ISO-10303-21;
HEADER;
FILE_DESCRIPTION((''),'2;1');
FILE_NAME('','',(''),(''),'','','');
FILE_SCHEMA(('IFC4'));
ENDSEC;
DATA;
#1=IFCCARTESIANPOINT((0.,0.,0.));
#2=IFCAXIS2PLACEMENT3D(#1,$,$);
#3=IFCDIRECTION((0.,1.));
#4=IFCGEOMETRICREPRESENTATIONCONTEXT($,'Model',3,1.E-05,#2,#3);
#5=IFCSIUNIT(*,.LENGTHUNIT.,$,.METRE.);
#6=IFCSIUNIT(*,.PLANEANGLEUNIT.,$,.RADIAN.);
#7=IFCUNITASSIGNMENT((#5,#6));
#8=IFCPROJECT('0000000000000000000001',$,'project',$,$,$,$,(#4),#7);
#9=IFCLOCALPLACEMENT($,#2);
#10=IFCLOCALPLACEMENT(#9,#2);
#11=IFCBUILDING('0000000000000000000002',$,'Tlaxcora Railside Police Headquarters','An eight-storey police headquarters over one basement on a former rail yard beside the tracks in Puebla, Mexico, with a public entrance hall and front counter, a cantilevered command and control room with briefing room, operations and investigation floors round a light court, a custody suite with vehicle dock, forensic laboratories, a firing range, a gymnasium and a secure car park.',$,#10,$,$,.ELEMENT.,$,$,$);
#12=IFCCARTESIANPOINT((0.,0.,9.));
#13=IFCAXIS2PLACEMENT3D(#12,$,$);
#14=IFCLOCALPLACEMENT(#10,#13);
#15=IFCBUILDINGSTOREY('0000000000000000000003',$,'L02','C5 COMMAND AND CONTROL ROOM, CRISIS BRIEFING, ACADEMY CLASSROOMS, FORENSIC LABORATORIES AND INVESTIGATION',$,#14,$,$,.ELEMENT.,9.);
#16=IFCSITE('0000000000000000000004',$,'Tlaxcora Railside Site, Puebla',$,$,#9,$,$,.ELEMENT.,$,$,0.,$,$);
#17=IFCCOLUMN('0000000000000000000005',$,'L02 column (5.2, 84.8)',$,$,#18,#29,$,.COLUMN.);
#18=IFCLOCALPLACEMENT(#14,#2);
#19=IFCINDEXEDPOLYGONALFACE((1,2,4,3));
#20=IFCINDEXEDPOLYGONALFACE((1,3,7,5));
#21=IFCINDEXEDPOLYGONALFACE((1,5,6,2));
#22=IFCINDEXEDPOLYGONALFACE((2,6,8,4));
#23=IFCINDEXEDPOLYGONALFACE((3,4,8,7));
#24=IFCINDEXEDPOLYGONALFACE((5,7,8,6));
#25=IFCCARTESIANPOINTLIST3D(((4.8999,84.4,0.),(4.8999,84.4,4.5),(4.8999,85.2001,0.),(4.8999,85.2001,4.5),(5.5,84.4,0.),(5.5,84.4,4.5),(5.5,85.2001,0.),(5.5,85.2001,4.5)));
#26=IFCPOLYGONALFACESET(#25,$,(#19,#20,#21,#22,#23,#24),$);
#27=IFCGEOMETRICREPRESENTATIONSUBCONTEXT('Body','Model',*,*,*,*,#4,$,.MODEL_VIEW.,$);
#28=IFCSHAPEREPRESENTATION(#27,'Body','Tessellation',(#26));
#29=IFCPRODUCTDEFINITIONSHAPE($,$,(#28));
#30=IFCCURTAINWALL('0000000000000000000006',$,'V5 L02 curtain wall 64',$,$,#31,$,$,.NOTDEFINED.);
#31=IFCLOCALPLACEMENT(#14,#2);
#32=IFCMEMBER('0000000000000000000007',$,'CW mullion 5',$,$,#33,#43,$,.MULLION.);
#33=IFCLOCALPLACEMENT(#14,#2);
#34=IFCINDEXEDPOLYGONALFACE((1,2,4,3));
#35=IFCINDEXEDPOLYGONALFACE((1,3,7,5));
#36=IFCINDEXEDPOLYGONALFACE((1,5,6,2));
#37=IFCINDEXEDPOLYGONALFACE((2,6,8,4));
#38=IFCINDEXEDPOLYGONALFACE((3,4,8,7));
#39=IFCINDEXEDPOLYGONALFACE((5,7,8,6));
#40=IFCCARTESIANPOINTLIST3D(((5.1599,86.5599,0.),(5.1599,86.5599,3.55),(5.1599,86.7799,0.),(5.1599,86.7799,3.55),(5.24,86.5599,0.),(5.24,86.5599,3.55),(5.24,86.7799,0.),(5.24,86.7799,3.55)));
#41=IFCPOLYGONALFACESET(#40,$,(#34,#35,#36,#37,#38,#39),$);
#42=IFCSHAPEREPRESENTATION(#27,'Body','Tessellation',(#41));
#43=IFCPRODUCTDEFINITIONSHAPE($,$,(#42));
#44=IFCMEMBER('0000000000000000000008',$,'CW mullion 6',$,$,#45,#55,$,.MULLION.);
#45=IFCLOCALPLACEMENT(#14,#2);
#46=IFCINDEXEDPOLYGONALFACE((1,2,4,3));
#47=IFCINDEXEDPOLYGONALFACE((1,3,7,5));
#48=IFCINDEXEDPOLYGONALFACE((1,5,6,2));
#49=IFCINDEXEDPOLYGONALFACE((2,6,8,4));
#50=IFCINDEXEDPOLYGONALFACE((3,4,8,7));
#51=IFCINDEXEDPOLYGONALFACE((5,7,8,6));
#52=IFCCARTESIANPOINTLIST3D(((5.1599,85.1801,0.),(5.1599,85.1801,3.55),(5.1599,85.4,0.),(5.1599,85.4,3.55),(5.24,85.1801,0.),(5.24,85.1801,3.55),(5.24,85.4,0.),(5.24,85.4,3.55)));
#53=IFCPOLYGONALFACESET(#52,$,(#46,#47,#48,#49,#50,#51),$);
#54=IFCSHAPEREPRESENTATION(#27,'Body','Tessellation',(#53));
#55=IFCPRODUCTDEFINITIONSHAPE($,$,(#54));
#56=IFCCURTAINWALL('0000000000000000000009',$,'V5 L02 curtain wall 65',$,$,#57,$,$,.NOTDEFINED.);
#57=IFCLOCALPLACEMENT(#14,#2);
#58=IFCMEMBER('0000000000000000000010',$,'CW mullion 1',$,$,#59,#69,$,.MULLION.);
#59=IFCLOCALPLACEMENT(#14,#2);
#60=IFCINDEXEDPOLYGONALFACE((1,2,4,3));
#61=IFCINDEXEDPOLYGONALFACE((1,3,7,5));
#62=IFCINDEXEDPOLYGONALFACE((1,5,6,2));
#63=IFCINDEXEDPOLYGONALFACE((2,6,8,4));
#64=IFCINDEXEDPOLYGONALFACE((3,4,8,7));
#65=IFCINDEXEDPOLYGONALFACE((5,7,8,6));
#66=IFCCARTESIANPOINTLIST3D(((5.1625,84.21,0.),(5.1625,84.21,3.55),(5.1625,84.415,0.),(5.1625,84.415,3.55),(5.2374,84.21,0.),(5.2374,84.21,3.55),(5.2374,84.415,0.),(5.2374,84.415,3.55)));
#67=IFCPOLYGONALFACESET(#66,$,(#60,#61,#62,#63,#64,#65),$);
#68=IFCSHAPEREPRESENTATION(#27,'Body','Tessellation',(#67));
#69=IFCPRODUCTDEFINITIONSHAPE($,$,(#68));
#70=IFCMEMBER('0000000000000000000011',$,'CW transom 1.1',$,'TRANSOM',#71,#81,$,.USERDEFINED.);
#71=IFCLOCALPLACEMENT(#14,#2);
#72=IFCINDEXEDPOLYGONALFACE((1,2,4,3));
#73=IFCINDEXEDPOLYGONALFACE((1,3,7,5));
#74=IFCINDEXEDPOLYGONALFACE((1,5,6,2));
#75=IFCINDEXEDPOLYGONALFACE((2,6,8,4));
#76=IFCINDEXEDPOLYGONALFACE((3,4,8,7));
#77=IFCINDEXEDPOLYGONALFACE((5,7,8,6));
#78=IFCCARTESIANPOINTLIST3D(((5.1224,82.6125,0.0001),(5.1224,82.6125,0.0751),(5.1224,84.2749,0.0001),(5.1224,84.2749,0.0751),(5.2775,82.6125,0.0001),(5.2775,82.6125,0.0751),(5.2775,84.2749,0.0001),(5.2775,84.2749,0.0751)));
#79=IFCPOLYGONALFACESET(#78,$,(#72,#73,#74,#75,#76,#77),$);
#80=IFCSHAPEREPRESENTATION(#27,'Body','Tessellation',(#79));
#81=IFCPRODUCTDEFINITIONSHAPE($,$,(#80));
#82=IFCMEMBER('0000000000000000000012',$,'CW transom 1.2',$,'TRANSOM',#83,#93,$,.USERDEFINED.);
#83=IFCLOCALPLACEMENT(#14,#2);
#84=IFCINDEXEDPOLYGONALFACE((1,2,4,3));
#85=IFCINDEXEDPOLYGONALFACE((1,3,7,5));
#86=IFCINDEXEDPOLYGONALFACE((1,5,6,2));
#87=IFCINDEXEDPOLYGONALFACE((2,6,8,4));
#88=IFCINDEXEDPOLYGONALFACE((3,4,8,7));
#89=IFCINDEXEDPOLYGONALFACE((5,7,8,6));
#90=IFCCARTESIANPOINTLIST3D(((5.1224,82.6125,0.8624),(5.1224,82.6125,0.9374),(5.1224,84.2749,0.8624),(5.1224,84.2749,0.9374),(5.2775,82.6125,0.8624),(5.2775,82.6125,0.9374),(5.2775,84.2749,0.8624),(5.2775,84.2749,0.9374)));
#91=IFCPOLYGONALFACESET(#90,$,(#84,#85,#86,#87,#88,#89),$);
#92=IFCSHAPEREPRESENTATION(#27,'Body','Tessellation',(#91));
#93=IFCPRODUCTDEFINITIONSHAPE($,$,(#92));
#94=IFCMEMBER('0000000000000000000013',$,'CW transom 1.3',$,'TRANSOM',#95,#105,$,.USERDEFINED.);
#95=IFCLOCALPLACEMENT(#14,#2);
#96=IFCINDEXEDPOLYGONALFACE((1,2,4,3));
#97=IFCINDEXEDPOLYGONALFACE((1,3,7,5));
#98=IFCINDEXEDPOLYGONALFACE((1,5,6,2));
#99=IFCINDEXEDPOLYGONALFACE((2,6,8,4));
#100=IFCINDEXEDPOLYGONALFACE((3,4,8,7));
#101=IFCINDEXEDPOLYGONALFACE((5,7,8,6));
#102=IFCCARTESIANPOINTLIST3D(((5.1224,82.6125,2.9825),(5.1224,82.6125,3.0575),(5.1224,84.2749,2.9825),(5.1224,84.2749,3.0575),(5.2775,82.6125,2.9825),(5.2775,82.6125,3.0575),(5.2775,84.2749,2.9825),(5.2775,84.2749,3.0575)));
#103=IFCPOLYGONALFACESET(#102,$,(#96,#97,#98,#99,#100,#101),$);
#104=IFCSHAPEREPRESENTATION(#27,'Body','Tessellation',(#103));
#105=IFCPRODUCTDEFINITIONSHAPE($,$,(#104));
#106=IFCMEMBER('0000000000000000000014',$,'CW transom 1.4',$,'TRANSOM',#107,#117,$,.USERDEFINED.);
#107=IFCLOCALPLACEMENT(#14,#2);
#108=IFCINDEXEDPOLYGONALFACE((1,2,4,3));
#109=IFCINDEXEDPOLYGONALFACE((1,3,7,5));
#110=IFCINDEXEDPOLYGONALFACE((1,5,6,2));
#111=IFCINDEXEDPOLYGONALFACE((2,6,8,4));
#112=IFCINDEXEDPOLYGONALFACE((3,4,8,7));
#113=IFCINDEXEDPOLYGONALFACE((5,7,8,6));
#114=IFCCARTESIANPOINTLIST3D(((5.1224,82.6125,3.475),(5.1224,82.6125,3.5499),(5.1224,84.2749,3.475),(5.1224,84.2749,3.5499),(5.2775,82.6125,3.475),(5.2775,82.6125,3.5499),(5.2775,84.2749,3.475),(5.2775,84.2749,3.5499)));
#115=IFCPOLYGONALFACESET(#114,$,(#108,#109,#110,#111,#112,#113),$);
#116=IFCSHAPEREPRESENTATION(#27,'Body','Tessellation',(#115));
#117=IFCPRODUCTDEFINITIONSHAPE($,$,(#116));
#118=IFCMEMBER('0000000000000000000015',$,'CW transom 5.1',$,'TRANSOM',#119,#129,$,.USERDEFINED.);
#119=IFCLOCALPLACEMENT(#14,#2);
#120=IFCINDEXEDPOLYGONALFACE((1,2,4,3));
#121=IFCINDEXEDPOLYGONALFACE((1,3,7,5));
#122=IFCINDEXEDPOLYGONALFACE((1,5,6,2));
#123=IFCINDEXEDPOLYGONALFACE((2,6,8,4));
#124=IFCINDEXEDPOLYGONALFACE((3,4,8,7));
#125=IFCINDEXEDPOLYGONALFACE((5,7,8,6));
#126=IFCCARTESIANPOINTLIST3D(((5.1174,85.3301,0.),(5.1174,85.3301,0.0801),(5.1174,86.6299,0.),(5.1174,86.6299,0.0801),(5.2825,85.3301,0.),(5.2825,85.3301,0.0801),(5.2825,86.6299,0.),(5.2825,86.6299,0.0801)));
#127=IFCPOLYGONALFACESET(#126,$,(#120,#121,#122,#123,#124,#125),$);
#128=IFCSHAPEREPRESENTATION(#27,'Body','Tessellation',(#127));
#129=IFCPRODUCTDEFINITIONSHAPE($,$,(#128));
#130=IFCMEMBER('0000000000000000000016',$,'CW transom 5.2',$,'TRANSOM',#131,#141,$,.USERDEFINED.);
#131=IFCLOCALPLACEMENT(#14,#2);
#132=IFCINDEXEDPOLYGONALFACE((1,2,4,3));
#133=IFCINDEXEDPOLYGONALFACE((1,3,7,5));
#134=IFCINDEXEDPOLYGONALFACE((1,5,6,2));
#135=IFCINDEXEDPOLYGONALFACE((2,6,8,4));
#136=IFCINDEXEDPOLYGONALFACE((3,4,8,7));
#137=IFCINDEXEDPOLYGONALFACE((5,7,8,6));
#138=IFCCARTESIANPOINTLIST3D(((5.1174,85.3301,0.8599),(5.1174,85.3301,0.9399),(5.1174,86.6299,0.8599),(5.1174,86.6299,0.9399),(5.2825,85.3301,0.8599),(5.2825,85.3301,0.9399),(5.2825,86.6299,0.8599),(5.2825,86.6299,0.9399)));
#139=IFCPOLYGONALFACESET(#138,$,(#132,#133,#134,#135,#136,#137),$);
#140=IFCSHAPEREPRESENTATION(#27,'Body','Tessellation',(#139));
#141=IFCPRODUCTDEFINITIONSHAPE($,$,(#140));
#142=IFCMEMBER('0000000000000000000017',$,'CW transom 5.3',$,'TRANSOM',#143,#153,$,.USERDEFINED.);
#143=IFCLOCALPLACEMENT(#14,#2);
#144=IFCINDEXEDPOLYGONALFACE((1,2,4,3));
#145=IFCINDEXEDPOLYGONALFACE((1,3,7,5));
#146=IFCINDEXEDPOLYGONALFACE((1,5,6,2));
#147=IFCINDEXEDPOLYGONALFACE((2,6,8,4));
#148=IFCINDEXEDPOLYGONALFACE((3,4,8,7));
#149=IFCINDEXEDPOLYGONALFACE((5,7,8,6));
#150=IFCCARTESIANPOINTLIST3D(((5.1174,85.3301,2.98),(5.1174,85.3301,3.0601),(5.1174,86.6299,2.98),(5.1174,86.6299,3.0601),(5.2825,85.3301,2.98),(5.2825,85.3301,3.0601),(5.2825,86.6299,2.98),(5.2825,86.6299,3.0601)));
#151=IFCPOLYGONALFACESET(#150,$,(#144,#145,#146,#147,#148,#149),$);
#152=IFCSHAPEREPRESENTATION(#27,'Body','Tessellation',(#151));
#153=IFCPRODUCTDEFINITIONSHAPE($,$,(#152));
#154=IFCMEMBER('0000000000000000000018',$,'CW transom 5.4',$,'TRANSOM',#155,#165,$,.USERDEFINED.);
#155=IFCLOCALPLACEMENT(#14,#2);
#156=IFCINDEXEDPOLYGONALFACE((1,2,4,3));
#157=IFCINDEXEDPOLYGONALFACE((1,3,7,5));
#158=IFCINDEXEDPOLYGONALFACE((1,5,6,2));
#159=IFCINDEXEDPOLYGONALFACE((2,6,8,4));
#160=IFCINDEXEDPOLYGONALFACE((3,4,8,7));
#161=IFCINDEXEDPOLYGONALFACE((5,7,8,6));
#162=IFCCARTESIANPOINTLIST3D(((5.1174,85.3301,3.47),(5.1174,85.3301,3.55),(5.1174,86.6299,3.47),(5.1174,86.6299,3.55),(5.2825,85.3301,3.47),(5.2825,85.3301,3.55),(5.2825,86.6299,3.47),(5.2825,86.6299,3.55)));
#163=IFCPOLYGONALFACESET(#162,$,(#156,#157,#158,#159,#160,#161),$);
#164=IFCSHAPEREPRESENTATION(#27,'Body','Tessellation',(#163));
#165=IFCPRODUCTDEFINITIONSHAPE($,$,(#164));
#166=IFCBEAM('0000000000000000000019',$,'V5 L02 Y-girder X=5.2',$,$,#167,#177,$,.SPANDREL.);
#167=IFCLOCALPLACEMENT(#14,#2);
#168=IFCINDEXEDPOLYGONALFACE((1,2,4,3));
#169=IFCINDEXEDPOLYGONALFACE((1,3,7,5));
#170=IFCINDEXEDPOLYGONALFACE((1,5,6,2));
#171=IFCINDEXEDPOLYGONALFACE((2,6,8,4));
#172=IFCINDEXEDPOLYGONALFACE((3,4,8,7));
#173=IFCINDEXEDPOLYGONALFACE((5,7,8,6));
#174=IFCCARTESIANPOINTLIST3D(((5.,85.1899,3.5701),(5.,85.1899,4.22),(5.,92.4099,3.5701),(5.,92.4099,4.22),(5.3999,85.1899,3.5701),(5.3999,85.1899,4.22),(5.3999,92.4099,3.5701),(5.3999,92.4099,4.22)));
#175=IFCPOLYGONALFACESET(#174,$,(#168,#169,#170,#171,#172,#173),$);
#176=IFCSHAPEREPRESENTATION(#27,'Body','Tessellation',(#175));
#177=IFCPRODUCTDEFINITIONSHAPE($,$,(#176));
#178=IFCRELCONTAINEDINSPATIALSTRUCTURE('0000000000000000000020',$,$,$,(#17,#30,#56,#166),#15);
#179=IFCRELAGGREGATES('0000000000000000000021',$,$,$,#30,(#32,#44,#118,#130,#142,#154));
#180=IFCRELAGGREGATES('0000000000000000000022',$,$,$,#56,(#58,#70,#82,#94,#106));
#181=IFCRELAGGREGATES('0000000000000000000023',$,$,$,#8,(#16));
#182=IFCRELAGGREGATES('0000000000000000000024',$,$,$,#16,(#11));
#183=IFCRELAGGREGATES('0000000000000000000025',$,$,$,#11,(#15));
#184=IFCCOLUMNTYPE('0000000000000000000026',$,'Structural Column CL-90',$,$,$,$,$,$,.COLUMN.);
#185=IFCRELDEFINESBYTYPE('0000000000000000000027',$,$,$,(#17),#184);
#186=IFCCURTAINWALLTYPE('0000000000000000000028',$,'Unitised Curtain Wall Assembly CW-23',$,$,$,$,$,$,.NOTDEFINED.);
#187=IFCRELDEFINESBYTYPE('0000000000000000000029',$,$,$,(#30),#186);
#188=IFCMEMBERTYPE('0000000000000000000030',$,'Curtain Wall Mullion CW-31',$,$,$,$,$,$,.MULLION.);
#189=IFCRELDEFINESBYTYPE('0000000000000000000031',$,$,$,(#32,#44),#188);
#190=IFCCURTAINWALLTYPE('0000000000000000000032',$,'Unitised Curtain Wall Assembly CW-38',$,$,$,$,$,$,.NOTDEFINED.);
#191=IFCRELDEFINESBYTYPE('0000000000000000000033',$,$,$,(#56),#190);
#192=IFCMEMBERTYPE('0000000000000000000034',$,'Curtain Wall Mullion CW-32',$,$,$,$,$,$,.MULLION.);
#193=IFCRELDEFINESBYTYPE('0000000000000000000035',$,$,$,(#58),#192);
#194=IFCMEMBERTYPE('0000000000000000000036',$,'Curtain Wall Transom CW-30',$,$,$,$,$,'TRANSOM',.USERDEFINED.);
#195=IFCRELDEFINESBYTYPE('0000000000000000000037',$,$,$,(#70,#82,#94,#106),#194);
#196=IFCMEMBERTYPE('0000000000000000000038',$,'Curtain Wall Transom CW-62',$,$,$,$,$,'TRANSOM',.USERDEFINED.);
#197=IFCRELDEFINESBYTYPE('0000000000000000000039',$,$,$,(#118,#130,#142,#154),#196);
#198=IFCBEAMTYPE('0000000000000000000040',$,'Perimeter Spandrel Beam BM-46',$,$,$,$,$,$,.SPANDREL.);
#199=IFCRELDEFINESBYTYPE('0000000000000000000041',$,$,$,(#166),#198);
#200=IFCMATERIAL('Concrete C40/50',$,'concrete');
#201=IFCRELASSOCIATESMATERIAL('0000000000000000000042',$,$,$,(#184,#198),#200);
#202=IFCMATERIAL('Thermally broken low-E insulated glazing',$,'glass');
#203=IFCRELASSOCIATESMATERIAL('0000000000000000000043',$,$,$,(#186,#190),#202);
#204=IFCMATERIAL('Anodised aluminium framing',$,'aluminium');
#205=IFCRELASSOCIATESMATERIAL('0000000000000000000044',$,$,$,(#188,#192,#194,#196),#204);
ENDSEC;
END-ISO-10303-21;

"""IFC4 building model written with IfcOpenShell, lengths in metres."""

from ifc_helpers import new_model, si_unit, direction, frame, origin, origin_2d, place, context, subcontext, project, spatial, rectangle, extrude, material, material_profile, profile_set, type_object, element, aggregate, save


model = new_model("IFC4")

# Units and contexts
model_context = context("Model", 3, precision=1e-05, world=origin(), true_north=direction((0.0, 1.0)))
body_context = subcontext(model_context, "Body", "Model", "MODEL_VIEW")
ifc_project = project(units=[si_unit("LENGTHUNIT", "METRE"), si_unit("PLANEANGLEUNIT", "RADIAN")], contexts=[model_context])

# Site, building, storey
site_placement = place(None, origin())
site = spatial("IfcSite", under=ifc_project, at=site_placement, Name="Tlaxcora Railside Site, Puebla", CompositionType="ELEMENT", RefElevation=0.0)
building_placement = place(site_placement, origin())
building = spatial("IfcBuilding", under=site, at=building_placement, Name="Tlaxcora Railside Police Headquarters", Description="An eight-storey police headquarters over one basement on a former rail yard beside the tracks in Puebla, Mexico, with a public entrance hall and front counter, a cantilevered command and control room with briefing room, operations and investigation floors round a light court, a custody suite with vehicle dock, forensic laboratories, a firing range, a gymnasium and a secure car park.", CompositionType="ELEMENT")
storey_placement = place(building_placement, frame((0.0, 0.0, 9.0)))
storey = spatial("IfcBuildingStorey", under=building, at=storey_placement, Name="L02", Description="C5 COMMAND AND CONTROL ROOM, CRISIS BRIEFING, ACADEMY CLASSROOMS, FORENSIC LABORATORIES AND INVESTIGATION", CompositionType="ELEMENT", Elevation=9.0)

# Column
ifc_material_1 = material(Name="Concrete C40/50", Category="concrete")
ifc_material_profile_1 = material_profile(ifc_material_1, rectangle(XDim=0.6001, YDim=0.8, at=origin_2d()), Name="RC600X800")
ifc_profile_set_1 = profile_set([ifc_material_profile_1], Name="Concrete C40/50")
column_type = type_object("IfcColumnType", Name="Structural Column CL-90", PredefinedType="COLUMN", material=ifc_profile_set_1)
column_placement = place(storey_placement, frame((5.2, 84.8, 0.0), z_axis=(0.0, 0.0, 1.0), x_axis=(1.0, 0.0, 0.0)))
element("IfcColumn", 1, at=column_placement, inside=storey, type_object=column_type, Name="L02 column (5.2, 84.8)", PredefinedType="COLUMN", context=body_context, shape_type="SweptSolid", body=[
    extrude(rectangle(XDim=0.6001, YDim=0.8, at=origin_2d()), origin(), (0.0, 0.0, 1.0), 4.5),
])

# Curtain walls, members
ifc_material_2 = material(Name="Thermally broken low-E insulated glazing", Category="glass")
curtain_wall_type_1 = type_object("IfcCurtainWallType", Name="Unitised Curtain Wall Assembly CW-23", PredefinedType="NOTDEFINED", material=ifc_material_2)
curtain_wall_1_placement = place(storey_placement, origin())
curtain_wall_1 = element("IfcCurtainWall", 2, at=curtain_wall_1_placement, inside=storey, type_object=curtain_wall_type_1, Name="V5 L02 curtain wall 64", PredefinedType="NOTDEFINED")
ifc_material_3 = material(Name="Anodised aluminium framing", Category="aluminium")
ifc_material_profile_2 = material_profile(ifc_material_3, rectangle(XDim=0.0801, YDim=0.22, at=origin_2d()), Name="AL80X220")
ifc_profile_set_2 = profile_set([ifc_material_profile_2], Name="Anodised aluminium framing")
member_type_1 = type_object("IfcMemberType", Name="Curtain Wall Mullion CW-31", PredefinedType="MULLION", material=ifc_profile_set_2)
member_1_placement = place(storey_placement, frame((5.2, 86.6699, 0.0), z_axis=(0.0, 0.0, 1.0), x_axis=(1.0, 0.0, 0.0)))
member_1 = element("IfcMember", 3, at=member_1_placement, type_object=member_type_1, Name="CW mullion 5", PredefinedType="MULLION", context=body_context, shape_type="SweptSolid", body=[
    extrude(rectangle(XDim=0.0801, YDim=0.22, at=origin_2d()), origin(), (0.0, 0.0, 1.0), 3.55),
])
member_2_placement = place(storey_placement, frame((5.2, 85.29, 0.0), z_axis=(0.0, 0.0, 1.0), x_axis=(1.0, 0.0, 0.0)))
member_2 = element("IfcMember", 4, at=member_2_placement, type_object=member_type_1, Name="CW mullion 6", PredefinedType="MULLION", context=body_context, shape_type="SweptSolid", body=[
    extrude(rectangle(XDim=0.0801, YDim=0.22, at=origin_2d()), origin(), (0.0, 0.0, 1.0), 3.55),
])
curtain_wall_type_2 = type_object("IfcCurtainWallType", Name="Unitised Curtain Wall Assembly CW-38", PredefinedType="NOTDEFINED", material=ifc_material_2)
curtain_wall_2_placement = place(storey_placement, origin())
curtain_wall_2 = element("IfcCurtainWall", 5, at=curtain_wall_2_placement, inside=storey, type_object=curtain_wall_type_2, Name="V5 L02 curtain wall 65", PredefinedType="NOTDEFINED")
ifc_material_profile_3 = material_profile(ifc_material_3, rectangle(XDim=0.075, YDim=0.2051, at=origin_2d()), Name="AL75X205")
ifc_profile_set_3 = profile_set([ifc_material_profile_3], Name="Anodised aluminium framing")
member_type_2 = type_object("IfcMemberType", Name="Curtain Wall Mullion CW-32", PredefinedType="MULLION", material=ifc_profile_set_3)
member_3_placement = place(storey_placement, frame((5.2, 84.3125, 0.0), z_axis=(0.0, 0.0, 1.0), x_axis=(1.0, 0.0, 0.0)))
member_3 = element("IfcMember", 6, at=member_3_placement, type_object=member_type_2, Name="CW mullion 1", PredefinedType="MULLION", context=body_context, shape_type="SweptSolid", body=[
    extrude(rectangle(XDim=0.075, YDim=0.2051, at=origin_2d()), origin(), (0.0, 0.0, 1.0), 3.55),
])
ifc_material_profile_4 = material_profile(ifc_material_3, rectangle(XDim=0.155, YDim=0.075, at=origin_2d()), Name="AL75X155")
ifc_profile_set_4 = profile_set([ifc_material_profile_4], Name="Anodised aluminium framing")
member_type_3 = type_object("IfcMemberType", Name="Curtain Wall Transom CW-30", ElementType="TRANSOM", PredefinedType="USERDEFINED", material=ifc_profile_set_4)
member_4_placement = place(storey_placement, frame((5.2, 84.2749, 0.0376), z_axis=(0.0, -1.0, 0.0), x_axis=(1.0, 0.0, 0.0)))
member_4 = element("IfcMember", 7, at=member_4_placement, type_object=member_type_3, Name="CW transom 1.1", ObjectType="TRANSOM", PredefinedType="USERDEFINED", context=body_context, shape_type="SweptSolid", body=[
    extrude(rectangle(XDim=0.155, YDim=0.075, at=origin_2d()), origin(), (0.0, 0.0, 1.0), 1.6624),
])
member_5_placement = place(storey_placement, frame((5.2, 84.2749, 0.8999), z_axis=(0.0, -1.0, 0.0), x_axis=(1.0, 0.0, 0.0)))
member_5 = element("IfcMember", 8, at=member_5_placement, type_object=member_type_3, Name="CW transom 1.2", ObjectType="TRANSOM", PredefinedType="USERDEFINED", context=body_context, shape_type="SweptSolid", body=[
    extrude(rectangle(XDim=0.155, YDim=0.075, at=origin_2d()), origin(), (0.0, 0.0, 1.0), 1.6624),
])
member_6_placement = place(storey_placement, frame((5.2, 84.2749, 3.02), z_axis=(0.0, -1.0, 0.0), x_axis=(1.0, 0.0, 0.0)))
member_6 = element("IfcMember", 9, at=member_6_placement, type_object=member_type_3, Name="CW transom 1.3", ObjectType="TRANSOM", PredefinedType="USERDEFINED", context=body_context, shape_type="SweptSolid", body=[
    extrude(rectangle(XDim=0.155, YDim=0.075, at=origin_2d()), origin(), (0.0, 0.0, 1.0), 1.6624),
])
member_7_placement = place(storey_placement, frame((5.2, 84.2749, 3.5125), z_axis=(0.0, -1.0, 0.0), x_axis=(1.0, 0.0, 0.0)))
member_7 = element("IfcMember", 10, at=member_7_placement, type_object=member_type_3, Name="CW transom 1.4", ObjectType="TRANSOM", PredefinedType="USERDEFINED", context=body_context, shape_type="SweptSolid", body=[
    extrude(rectangle(XDim=0.155, YDim=0.075, at=origin_2d()), origin(), (0.0, 0.0, 1.0), 1.6624),
])

# Members
ifc_material_profile_5 = material_profile(ifc_material_3, rectangle(XDim=0.165, YDim=0.0801, at=origin_2d()), Name="AL80X165")
ifc_profile_set_5 = profile_set([ifc_material_profile_5], Name="Anodised aluminium framing")
member_type_4 = type_object("IfcMemberType", Name="Curtain Wall Transom CW-62", ElementType="TRANSOM", PredefinedType="USERDEFINED", material=ifc_profile_set_5)
member_8_placement = place(storey_placement, frame((5.2, 86.6299, 0.04), z_axis=(0.0, -1.0, 0.0), x_axis=(1.0, 0.0, 0.0)))
member_8 = element("IfcMember", 11, at=member_8_placement, type_object=member_type_4, Name="CW transom 5.1", ObjectType="TRANSOM", PredefinedType="USERDEFINED", context=body_context, shape_type="SweptSolid", body=[
    extrude(rectangle(XDim=0.165, YDim=0.0801, at=origin_2d()), origin(), (0.0, 0.0, 1.0), 1.2998),
])
member_9_placement = place(storey_placement, frame((5.2, 86.6299, 0.8999), z_axis=(0.0, -1.0, 0.0), x_axis=(1.0, 0.0, 0.0)))
member_9 = element("IfcMember", 12, at=member_9_placement, type_object=member_type_4, Name="CW transom 5.2", ObjectType="TRANSOM", PredefinedType="USERDEFINED", context=body_context, shape_type="SweptSolid", body=[
    extrude(rectangle(XDim=0.165, YDim=0.0801, at=origin_2d()), origin(), (0.0, 0.0, 1.0), 1.2998),
])
member_10_placement = place(storey_placement, frame((5.2, 86.6299, 3.02), z_axis=(0.0, -1.0, 0.0), x_axis=(1.0, 0.0, 0.0)))
member_10 = element("IfcMember", 13, at=member_10_placement, type_object=member_type_4, Name="CW transom 5.3", ObjectType="TRANSOM", PredefinedType="USERDEFINED", context=body_context, shape_type="SweptSolid", body=[
    extrude(rectangle(XDim=0.165, YDim=0.0801, at=origin_2d()), origin(), (0.0, 0.0, 1.0), 1.2998),
])
member_11_placement = place(storey_placement, frame((5.2, 86.6299, 3.51), z_axis=(0.0, -1.0, 0.0), x_axis=(1.0, 0.0, 0.0)))
member_11 = element("IfcMember", 14, at=member_11_placement, type_object=member_type_4, Name="CW transom 5.4", ObjectType="TRANSOM", PredefinedType="USERDEFINED", context=body_context, shape_type="SweptSolid", body=[
    extrude(rectangle(XDim=0.165, YDim=0.0801, at=origin_2d()), origin(), (0.0, 0.0, 1.0), 1.2998),
])

# Beam
ifc_material_profile_6 = material_profile(ifc_material_1, rectangle(XDim=0.3999, YDim=0.6499, at=origin_2d()), Name="RC400X650")
ifc_profile_set_6 = profile_set([ifc_material_profile_6], Name="Concrete C40/50")
beam_type = type_object("IfcBeamType", Name="Perimeter Spandrel Beam BM-46", PredefinedType="SPANDREL", material=ifc_profile_set_6)
beam_placement = place(storey_placement, frame((5.2, 85.1899, 3.895), z_axis=(0.0, 1.0, 0.0), x_axis=(-1.0, 0.0, 0.0)))
element("IfcBeam", 15, at=beam_placement, inside=storey, type_object=beam_type, Name="V5 L02 Y-girder X=5.2", PredefinedType="SPANDREL", context=body_context, shape_type="SweptSolid", body=[
    extrude(rectangle(XDim=0.3999, YDim=0.6499, at=origin_2d()), origin(), (0.0, 0.0, 1.0), 7.22),
])

aggregate(curtain_wall_1, [member_1, member_2, member_8, member_9, member_10, member_11])
aggregate(curtain_wall_2, [member_3, member_4, member_5, member_6, member_7])

save(model, "model.ifc")
